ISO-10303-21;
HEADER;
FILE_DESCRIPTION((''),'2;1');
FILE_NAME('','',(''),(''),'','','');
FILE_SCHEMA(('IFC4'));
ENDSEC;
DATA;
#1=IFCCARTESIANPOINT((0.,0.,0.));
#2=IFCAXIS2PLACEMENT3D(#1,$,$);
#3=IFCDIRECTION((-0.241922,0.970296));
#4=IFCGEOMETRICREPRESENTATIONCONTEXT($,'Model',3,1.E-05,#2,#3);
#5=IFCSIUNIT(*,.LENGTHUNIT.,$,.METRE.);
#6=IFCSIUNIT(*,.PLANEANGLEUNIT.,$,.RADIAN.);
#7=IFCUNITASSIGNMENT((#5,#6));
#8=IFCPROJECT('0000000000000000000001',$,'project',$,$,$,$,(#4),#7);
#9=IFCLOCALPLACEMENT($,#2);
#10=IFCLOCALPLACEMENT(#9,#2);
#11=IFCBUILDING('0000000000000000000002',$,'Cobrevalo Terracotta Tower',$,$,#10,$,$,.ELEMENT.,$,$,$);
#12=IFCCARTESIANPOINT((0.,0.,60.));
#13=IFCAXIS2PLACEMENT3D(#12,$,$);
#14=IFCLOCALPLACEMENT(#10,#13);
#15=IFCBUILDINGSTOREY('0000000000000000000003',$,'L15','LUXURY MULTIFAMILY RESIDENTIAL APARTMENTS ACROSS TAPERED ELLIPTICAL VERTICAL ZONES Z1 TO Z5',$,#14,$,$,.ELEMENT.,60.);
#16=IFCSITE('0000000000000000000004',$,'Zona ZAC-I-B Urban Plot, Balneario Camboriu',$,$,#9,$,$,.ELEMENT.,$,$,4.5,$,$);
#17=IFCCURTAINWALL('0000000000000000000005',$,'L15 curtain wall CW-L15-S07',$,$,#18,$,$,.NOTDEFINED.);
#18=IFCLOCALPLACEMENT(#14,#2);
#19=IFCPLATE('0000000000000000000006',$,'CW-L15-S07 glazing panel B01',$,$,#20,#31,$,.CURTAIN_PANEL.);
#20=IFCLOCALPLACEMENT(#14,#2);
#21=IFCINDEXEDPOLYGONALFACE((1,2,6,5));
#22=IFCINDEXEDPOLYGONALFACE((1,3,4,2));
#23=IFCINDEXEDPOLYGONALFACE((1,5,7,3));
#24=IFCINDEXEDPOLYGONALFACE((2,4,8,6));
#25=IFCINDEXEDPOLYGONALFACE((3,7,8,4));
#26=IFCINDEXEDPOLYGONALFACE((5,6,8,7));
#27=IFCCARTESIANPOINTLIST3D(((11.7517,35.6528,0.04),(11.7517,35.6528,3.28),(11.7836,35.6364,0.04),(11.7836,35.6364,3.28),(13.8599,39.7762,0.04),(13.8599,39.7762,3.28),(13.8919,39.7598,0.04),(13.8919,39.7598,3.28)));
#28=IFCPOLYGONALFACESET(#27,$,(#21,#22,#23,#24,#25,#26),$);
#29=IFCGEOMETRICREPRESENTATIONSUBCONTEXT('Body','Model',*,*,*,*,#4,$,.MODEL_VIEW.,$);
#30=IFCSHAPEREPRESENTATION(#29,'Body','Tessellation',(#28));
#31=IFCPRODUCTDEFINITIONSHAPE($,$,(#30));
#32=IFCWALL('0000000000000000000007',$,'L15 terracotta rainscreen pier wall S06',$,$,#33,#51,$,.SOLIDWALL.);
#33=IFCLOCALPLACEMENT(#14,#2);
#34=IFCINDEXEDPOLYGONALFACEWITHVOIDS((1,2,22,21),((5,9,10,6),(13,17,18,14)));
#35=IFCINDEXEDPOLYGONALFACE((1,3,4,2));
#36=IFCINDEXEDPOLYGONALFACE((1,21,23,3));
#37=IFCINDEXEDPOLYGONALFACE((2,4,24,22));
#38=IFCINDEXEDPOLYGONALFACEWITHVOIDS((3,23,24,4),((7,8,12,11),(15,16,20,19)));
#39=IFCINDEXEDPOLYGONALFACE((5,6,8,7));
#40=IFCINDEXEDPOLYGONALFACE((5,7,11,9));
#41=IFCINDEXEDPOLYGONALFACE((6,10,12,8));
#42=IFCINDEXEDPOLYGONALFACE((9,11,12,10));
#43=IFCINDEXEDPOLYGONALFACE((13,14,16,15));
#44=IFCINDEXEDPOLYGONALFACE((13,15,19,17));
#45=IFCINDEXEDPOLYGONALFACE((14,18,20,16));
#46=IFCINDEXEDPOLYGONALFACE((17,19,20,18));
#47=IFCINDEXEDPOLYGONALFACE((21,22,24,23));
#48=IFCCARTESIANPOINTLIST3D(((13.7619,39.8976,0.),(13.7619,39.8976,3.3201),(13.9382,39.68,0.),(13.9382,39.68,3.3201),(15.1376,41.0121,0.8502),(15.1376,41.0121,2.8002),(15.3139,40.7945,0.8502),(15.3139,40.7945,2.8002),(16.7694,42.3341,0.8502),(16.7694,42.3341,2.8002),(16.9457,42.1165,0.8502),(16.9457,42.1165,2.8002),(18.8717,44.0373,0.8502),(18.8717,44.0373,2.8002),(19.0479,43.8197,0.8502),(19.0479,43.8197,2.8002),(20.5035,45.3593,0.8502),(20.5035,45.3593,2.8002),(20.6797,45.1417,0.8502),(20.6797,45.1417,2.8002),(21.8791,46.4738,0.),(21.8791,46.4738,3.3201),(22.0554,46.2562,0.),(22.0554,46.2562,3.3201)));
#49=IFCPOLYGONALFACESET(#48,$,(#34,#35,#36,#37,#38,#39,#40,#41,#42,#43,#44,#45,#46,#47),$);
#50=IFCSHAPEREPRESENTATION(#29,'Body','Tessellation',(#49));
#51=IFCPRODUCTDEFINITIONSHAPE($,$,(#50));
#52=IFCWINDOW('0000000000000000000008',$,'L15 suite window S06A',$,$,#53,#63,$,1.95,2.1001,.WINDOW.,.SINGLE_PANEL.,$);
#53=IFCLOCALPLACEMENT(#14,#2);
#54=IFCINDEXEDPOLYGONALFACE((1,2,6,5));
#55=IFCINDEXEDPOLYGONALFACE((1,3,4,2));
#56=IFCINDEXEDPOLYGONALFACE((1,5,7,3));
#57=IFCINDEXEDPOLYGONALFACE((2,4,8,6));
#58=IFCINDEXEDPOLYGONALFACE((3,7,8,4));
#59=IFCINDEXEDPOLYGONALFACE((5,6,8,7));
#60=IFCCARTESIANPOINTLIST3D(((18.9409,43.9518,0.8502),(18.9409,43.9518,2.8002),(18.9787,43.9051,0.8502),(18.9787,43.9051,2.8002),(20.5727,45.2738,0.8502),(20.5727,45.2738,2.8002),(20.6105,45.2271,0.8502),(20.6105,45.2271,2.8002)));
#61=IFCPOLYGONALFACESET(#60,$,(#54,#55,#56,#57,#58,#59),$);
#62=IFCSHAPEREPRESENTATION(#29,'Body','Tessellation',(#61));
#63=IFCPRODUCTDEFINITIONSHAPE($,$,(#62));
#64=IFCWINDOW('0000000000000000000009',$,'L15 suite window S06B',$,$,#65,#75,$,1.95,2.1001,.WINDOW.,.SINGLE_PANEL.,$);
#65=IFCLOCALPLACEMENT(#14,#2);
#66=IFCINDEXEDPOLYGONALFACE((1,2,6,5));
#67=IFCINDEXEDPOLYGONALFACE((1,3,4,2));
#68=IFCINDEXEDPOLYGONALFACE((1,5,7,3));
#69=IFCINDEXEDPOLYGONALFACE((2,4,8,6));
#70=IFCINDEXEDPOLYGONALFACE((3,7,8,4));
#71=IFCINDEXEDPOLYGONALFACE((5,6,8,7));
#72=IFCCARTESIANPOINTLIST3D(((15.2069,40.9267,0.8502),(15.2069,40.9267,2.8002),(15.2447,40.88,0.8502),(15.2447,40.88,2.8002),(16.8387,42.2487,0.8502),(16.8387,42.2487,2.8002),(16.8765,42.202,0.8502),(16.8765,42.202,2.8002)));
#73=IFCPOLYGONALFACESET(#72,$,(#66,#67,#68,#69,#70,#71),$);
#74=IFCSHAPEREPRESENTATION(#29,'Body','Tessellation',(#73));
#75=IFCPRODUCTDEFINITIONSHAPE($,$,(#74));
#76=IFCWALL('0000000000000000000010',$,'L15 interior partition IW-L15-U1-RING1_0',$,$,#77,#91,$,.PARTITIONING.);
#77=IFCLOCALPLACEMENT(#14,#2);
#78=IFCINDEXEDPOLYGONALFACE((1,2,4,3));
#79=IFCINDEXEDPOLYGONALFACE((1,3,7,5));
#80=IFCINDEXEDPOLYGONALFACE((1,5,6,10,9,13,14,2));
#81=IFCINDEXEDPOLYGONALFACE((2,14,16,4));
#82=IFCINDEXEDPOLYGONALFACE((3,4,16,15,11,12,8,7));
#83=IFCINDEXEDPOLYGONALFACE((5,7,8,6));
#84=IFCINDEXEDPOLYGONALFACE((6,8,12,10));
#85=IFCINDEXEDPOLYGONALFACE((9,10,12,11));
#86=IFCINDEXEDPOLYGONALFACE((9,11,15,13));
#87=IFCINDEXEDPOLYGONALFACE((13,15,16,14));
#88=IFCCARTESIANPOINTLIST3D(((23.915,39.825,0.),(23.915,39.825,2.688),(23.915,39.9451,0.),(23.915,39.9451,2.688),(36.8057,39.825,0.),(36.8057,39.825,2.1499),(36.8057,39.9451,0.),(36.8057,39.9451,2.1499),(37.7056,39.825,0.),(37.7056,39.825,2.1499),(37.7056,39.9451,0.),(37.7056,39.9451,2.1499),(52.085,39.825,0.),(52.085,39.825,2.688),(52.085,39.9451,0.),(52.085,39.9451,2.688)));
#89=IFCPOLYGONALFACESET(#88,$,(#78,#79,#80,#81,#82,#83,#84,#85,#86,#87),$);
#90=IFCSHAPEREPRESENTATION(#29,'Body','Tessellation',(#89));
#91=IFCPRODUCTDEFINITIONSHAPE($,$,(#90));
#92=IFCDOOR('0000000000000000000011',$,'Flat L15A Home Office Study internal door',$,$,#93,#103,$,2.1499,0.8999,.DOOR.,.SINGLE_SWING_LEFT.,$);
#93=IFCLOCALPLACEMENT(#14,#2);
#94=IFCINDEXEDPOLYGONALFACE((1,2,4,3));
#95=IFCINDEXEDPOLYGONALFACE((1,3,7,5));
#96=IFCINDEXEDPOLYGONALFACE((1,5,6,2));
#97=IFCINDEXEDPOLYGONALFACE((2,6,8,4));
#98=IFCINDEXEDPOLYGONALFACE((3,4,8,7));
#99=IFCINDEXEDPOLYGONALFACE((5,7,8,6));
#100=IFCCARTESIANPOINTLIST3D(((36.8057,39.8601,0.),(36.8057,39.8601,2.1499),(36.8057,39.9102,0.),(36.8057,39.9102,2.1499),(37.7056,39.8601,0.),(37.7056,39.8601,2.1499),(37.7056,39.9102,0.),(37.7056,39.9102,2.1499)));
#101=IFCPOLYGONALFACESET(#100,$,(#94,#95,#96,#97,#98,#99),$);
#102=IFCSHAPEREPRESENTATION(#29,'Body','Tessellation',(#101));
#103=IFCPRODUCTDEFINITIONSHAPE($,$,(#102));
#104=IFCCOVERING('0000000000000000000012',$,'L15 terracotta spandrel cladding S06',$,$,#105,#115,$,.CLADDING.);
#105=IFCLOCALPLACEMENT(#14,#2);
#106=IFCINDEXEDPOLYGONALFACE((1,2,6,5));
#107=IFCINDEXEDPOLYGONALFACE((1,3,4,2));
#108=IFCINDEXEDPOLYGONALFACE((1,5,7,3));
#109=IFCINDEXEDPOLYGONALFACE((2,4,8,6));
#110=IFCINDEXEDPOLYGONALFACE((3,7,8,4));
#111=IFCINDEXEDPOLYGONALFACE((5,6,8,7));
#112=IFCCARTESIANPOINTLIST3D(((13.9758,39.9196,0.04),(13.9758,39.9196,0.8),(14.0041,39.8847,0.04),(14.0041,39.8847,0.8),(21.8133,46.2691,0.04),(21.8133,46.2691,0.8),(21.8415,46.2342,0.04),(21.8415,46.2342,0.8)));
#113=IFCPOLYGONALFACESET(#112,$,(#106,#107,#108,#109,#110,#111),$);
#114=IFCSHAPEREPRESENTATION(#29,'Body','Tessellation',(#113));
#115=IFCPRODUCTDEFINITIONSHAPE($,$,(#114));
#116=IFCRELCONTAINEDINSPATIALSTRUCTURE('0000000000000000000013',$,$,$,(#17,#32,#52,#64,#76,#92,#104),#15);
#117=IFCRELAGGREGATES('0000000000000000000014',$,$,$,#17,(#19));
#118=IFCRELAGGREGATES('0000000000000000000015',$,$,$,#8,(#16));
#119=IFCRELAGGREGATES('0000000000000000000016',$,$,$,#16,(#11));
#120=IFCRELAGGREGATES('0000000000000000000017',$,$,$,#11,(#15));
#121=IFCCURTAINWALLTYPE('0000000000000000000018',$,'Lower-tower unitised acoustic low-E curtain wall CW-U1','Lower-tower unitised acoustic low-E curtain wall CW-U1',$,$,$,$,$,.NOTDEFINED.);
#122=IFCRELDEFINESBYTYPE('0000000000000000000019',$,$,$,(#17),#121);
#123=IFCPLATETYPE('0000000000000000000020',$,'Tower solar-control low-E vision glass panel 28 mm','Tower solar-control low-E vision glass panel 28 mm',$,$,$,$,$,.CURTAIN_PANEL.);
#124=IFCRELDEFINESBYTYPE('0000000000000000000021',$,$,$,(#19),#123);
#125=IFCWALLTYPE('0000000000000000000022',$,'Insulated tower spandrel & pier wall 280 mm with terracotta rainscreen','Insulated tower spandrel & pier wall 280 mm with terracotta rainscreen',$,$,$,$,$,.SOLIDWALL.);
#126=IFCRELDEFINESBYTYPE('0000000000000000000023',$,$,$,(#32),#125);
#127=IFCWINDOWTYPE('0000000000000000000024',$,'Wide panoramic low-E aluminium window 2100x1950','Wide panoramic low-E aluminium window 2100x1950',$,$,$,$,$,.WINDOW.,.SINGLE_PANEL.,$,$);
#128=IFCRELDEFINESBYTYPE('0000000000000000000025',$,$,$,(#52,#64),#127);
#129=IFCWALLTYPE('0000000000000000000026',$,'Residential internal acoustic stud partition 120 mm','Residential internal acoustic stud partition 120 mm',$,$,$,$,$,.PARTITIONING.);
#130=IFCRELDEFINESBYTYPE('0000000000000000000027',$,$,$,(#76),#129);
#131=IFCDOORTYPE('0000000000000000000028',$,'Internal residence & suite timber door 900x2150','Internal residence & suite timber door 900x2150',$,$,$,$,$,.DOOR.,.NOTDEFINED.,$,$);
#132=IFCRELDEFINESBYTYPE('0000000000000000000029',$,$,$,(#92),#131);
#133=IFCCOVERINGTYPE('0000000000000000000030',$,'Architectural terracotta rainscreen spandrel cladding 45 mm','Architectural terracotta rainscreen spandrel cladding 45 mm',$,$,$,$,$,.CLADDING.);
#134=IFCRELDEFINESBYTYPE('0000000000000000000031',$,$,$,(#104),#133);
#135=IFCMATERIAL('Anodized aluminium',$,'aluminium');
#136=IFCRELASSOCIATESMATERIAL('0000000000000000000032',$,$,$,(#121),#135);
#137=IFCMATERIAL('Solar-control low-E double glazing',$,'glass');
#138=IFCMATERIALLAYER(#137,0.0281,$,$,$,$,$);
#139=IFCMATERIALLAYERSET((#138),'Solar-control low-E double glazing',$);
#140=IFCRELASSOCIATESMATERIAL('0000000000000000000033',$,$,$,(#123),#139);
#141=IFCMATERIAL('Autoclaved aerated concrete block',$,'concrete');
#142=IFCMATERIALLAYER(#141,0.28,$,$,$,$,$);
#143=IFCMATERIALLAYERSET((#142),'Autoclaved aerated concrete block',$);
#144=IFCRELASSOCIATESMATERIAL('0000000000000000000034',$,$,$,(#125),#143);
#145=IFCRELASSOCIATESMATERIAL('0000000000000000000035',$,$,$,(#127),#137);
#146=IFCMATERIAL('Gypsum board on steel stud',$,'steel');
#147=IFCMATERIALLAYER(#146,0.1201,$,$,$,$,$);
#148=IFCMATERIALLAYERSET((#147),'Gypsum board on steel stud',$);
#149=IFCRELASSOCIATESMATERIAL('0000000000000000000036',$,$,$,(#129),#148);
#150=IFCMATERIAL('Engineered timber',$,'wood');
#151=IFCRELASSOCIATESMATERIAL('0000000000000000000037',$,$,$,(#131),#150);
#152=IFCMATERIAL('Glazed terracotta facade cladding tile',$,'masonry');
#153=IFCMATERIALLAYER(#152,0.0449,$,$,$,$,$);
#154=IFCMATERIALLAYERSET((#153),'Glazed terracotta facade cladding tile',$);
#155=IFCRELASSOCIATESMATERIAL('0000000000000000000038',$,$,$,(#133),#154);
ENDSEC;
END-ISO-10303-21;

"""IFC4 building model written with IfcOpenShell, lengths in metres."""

from ifc_helpers import new_model, si_unit, direction, frame, frame_2d, origin, origin_2d, place, context, subcontext, project, spatial, rectangle, extrude, source, transform, mapped, material, layer, layer_set, type_object, element, fill, aggregate, save


model = new_model("IFC4")

# Units and contexts
model_context = context("Model", 3, precision=1e-05, world=origin(), true_north=direction((-0.241922, 0.970296)))
body_context = subcontext(model_context, "Body", "Model", "MODEL_VIEW")
ifc_project = project(units=[si_unit("LENGTHUNIT", "METRE"), si_unit("PLANEANGLEUNIT", "RADIAN")], contexts=[model_context])

# Site, building, storey
site_placement = place(None, origin())
site = spatial("IfcSite", under=ifc_project, at=site_placement, Name="Zona ZAC-I-B Urban Plot, Balneario Camboriu", CompositionType="ELEMENT", RefElevation=4.5)
building_placement = place(site_placement, origin())
building = spatial("IfcBuilding", under=site, at=building_placement, Name="Cobrevalo Terracotta Tower", CompositionType="ELEMENT")
storey_placement = place(building_placement, frame((0.0, 0.0, 60.0)))
storey = spatial("IfcBuildingStorey", under=building, at=storey_placement, Name="L15", Description="LUXURY MULTIFAMILY RESIDENTIAL APARTMENTS ACROSS TAPERED ELLIPTICAL VERTICAL ZONES Z1 TO Z5", CompositionType="ELEMENT", Elevation=60.0)

# Shared definitions
ifc_material_1 = material(Name="Anodized aluminium", Category="aluminium")
curtain_wall_type = type_object("IfcCurtainWallType", Name="Lower-tower unitised acoustic low-E curtain wall CW-U1", Description="Lower-tower unitised acoustic low-E curtain wall CW-U1", PredefinedType="NOTDEFINED", material=ifc_material_1)

# Curtain wall
curtain_wall_1_placement = place(storey_placement, origin())
curtain_wall_1 = element("IfcCurtainWall", 1, at=curtain_wall_1_placement, inside=storey, type_object=curtain_wall_type, Name="L15 curtain wall CW-L15-S07", PredefinedType="NOTDEFINED")

# Plate
ifc_material_2 = material(Name="Solar-control low-E double glazing", Category="glass")
ifc_layer_1 = layer(ifc_material_2, 0.0281)
ifc_layer_set_1 = layer_set([ifc_layer_1], Name="Solar-control low-E double glazing")
plate_type = type_object("IfcPlateType", Name="Tower solar-control low-E vision glass panel 28 mm", Description="Tower solar-control low-E vision glass panel 28 mm", PredefinedType="CURTAIN_PANEL", material=ifc_layer_set_1)
shared_shape_1 = source(origin(), body_context, "Body", "SweptSolid", [
    extrude(rectangle(XDim=4.6311, YDim=0.0359, at=origin_2d()), origin(), (0.0, 0.0, 1.0), 3.24),
])
plate_1_placement = place(storey_placement, frame((12.8218, 37.7063, 0.04), z_axis=(0.0, 0.0, 1.0), x_axis=(-0.455231, -0.890373, 0.0)))
plate_1 = element("IfcPlate", 2, at=plate_1_placement, type_object=plate_type, Name="CW-L15-S07 glazing panel B01", PredefinedType="CURTAIN_PANEL", context=body_context, shape_type="MappedRepresentation", body=[
    mapped(shared_shape_1, transform((0.0, 0.0, 0.0), scale=1.0)),
])
aggregate(curtain_wall_1, [plate_1])

# Wall, openings, windows
ifc_material_3 = material(Name="Autoclaved aerated concrete block", Category="concrete")
ifc_layer_2 = layer(ifc_material_3, 0.28)
ifc_layer_set_2 = layer_set([ifc_layer_2], Name="Autoclaved aerated concrete block")
wall_type_1 = type_object("IfcWallType", Name="Insulated tower spandrel & pier wall 280 mm with terracotta rainscreen", Description="Insulated tower spandrel & pier wall 280 mm with terracotta rainscreen", PredefinedType="SOLIDWALL", material=ifc_layer_set_2)
wall_1_placement = place(storey_placement, frame((21.9673, 46.365, 0.0), z_axis=(0.0, 0.0, 1.0), x_axis=(-0.777005, -0.629494, 0.0)))
wall_1 = element("IfcWall", 3, at=wall_1_placement, inside=storey, type_object=wall_type_1, Name="L15 terracotta rainscreen pier wall S06", PredefinedType="SOLIDWALL", context=body_context, shape_type="SweptSolid", body=[
    extrude(rectangle(XDim=10.4468, YDim=0.28, at=frame_2d((5.2234, 0.0))), origin(), (0.0, 0.0, 1.0), 3.3201),
])
opening_1_placement = place(wall_1_placement, frame((1.7705, 0.0, 0.8501)))
opening_1 = element("IfcOpeningElement", 4, at=opening_1_placement, cuts=wall_1, PredefinedType="OPENING", context=body_context, shape_type="SweptSolid", body=[
    extrude(rectangle(XDim=2.1001, YDim=1.95, at=frame_2d((1.05, 0.9751))), frame((0.0, 0.1499, 0.0), z_axis=(0.0, -1.0, 0.0), x_axis=(1.0, 0.0, 0.0)), (0.0, 0.0, 1.0), 0.3),
])
opening_2_placement = place(wall_1_placement, frame((6.5762, 0.0, 0.8501)))
opening_2 = element("IfcOpeningElement", 5, at=opening_2_placement, cuts=wall_1, PredefinedType="OPENING", context=body_context, shape_type="SweptSolid", body=[
    extrude(rectangle(XDim=2.1001, YDim=1.95, at=frame_2d((1.05, 0.9751))), frame((0.0, 0.1499, 0.0), z_axis=(0.0, -1.0, 0.0), x_axis=(1.0, 0.0, 0.0)), (0.0, 0.0, 1.0), 0.3),
])
window_type = type_object("IfcWindowType", Name="Wide panoramic low-E aluminium window 2100x1950", Description="Wide panoramic low-E aluminium window 2100x1950", PartitioningType="SINGLE_PANEL", PredefinedType="WINDOW", material=ifc_material_2)
shared_shape_2 = source(origin(), body_context, "Body", "SweptSolid", [
    extrude(rectangle(XDim=2.1001, YDim=1.95, at=frame_2d((1.05, 0.9751))), frame((0.0, 0.03, 0.0), z_axis=(0.0, -1.0, 0.0), x_axis=(1.0, 0.0, 0.0)), (0.0, 0.0, 1.0), 0.0601),
])
window_1_placement = place(opening_1_placement, origin())
window_1 = element("IfcWindow", 6, at=window_1_placement, inside=storey, type_object=window_type, Name="L15 suite window S06A", OverallHeight=1.95, OverallWidth=2.1001, PartitioningType="SINGLE_PANEL", PredefinedType="WINDOW", context=body_context, shape_type="MappedRepresentation", body=[
    mapped(shared_shape_2, transform((0.0, 0.0, 0.0), scale=1.0)),
])
fill(opening_1, window_1)
window_2_placement = place(opening_2_placement, origin())
window_2 = element("IfcWindow", 7, at=window_2_placement, inside=storey, type_object=window_type, Name="L15 suite window S06B", OverallHeight=1.95, OverallWidth=2.1001, PartitioningType="SINGLE_PANEL", PredefinedType="WINDOW", context=body_context, shape_type="MappedRepresentation", body=[
    mapped(shared_shape_2, transform((0.0, 0.0, 0.0), scale=1.0)),
])
fill(opening_2, window_2)

# Wall, opening, door
ifc_material_4 = material(Name="Gypsum board on steel stud", Category="steel")
ifc_layer_3 = layer(ifc_material_4, 0.1201)
ifc_layer_set_3 = layer_set([ifc_layer_3], Name="Gypsum board on steel stud")
wall_type_2 = type_object("IfcWallType", Name="Residential internal acoustic stud partition 120 mm", Description="Residential internal acoustic stud partition 120 mm", PredefinedType="PARTITIONING", material=ifc_layer_set_3)
wall_2_placement = place(storey_placement, frame((23.915, 39.885, 0.0), z_axis=(0.0, 0.0, 1.0), x_axis=(1.0, 0.0, 0.0)))
wall_2 = element("IfcWall", 8, at=wall_2_placement, inside=storey, type_object=wall_type_2, Name="L15 interior partition IW-L15-U1-RING1_0", PredefinedType="PARTITIONING", context=body_context, shape_type="SweptSolid", body=[
    extrude(rectangle(XDim=28.1699, YDim=0.1201, at=frame_2d((14.085, 0.0))), origin(), (0.0, 0.0, 1.0), 2.688),
])
opening_3_placement = place(wall_2_placement, frame((12.8906, 0.0, 0.0)))
opening_3 = element("IfcOpeningElement", 9, at=opening_3_placement, cuts=wall_2, PredefinedType="OPENING", context=body_context, shape_type="SweptSolid", body=[
    extrude(rectangle(XDim=0.8999, YDim=2.1499, at=frame_2d((0.45, 1.075))), frame((0.0, 0.0701, 0.0), z_axis=(0.0, -1.0, 0.0), x_axis=(1.0, 0.0, 0.0)), (0.0, 0.0, 1.0), 0.1401),
])
ifc_material_5 = material(Name="Engineered timber", Category="wood")
door_type = type_object("IfcDoorType", Name="Internal residence & suite timber door 900x2150", Description="Internal residence & suite timber door 900x2150", OperationType="NOTDEFINED", PredefinedType="DOOR", material=ifc_material_5)
shared_shape_3 = source(origin(), body_context, "Body", "SweptSolid", [
    extrude(rectangle(XDim=0.8999, YDim=2.1499, at=frame_2d((0.45, 1.075))), frame((0.0, 0.0249, 0.0), z_axis=(0.0, -1.0, 0.0), x_axis=(1.0, 0.0, 0.0)), (0.0, 0.0, 1.0), 0.05),
])
door_placement = place(opening_3_placement, frame((0.8999, 0.0, 0.0), z_axis=(0.0, 0.0, 1.0), x_axis=(-1.0, 0.0, 0.0)))
door = element("IfcDoor", 10, at=door_placement, inside=storey, type_object=door_type, Name="Flat L15A Home Office Study internal door", OperationType="SINGLE_SWING_LEFT", OverallHeight=2.1499, OverallWidth=0.8999, PredefinedType="DOOR", context=body_context, shape_type="MappedRepresentation", body=[
    mapped(shared_shape_3, transform((0.0, 0.0, 0.0), scale=1.0)),
])
fill(opening_3, door)

# Covering
ifc_material_6 = material(Name="Glazed terracotta facade cladding tile", Category="masonry")
ifc_layer_4 = layer(ifc_material_6, 0.0449)
ifc_layer_set_4 = layer_set([ifc_layer_4], Name="Glazed terracotta facade cladding tile")
covering_type = type_object("IfcCoveringType", Name="Architectural terracotta rainscreen spandrel cladding 45 mm", Description="Architectural terracotta rainscreen spandrel cladding 45 mm", PredefinedType="CLADDING", material=ifc_layer_set_4)
shared_shape_4 = source(origin(), body_context, "Body", "SweptSolid", [
    extrude(rectangle(XDim=10.0867, YDim=0.0449, at=origin_2d()), origin(), (0.0, 0.0, 1.0), 0.76),
])
covering_placement = place(storey_placement, frame((17.9087, 43.0769, 0.04), z_axis=(0.0, 0.0, 1.0), x_axis=(-0.777008, -0.629491, 0.0)))
element("IfcCovering", 11, at=covering_placement, inside=storey, type_object=covering_type, Name="L15 terracotta spandrel cladding S06", PredefinedType="CLADDING", context=body_context, shape_type="MappedRepresentation", body=[
    mapped(shared_shape_4, transform((0.0, 0.0, 0.0), scale=1.0)),
])

save(model, "model.ifc")
